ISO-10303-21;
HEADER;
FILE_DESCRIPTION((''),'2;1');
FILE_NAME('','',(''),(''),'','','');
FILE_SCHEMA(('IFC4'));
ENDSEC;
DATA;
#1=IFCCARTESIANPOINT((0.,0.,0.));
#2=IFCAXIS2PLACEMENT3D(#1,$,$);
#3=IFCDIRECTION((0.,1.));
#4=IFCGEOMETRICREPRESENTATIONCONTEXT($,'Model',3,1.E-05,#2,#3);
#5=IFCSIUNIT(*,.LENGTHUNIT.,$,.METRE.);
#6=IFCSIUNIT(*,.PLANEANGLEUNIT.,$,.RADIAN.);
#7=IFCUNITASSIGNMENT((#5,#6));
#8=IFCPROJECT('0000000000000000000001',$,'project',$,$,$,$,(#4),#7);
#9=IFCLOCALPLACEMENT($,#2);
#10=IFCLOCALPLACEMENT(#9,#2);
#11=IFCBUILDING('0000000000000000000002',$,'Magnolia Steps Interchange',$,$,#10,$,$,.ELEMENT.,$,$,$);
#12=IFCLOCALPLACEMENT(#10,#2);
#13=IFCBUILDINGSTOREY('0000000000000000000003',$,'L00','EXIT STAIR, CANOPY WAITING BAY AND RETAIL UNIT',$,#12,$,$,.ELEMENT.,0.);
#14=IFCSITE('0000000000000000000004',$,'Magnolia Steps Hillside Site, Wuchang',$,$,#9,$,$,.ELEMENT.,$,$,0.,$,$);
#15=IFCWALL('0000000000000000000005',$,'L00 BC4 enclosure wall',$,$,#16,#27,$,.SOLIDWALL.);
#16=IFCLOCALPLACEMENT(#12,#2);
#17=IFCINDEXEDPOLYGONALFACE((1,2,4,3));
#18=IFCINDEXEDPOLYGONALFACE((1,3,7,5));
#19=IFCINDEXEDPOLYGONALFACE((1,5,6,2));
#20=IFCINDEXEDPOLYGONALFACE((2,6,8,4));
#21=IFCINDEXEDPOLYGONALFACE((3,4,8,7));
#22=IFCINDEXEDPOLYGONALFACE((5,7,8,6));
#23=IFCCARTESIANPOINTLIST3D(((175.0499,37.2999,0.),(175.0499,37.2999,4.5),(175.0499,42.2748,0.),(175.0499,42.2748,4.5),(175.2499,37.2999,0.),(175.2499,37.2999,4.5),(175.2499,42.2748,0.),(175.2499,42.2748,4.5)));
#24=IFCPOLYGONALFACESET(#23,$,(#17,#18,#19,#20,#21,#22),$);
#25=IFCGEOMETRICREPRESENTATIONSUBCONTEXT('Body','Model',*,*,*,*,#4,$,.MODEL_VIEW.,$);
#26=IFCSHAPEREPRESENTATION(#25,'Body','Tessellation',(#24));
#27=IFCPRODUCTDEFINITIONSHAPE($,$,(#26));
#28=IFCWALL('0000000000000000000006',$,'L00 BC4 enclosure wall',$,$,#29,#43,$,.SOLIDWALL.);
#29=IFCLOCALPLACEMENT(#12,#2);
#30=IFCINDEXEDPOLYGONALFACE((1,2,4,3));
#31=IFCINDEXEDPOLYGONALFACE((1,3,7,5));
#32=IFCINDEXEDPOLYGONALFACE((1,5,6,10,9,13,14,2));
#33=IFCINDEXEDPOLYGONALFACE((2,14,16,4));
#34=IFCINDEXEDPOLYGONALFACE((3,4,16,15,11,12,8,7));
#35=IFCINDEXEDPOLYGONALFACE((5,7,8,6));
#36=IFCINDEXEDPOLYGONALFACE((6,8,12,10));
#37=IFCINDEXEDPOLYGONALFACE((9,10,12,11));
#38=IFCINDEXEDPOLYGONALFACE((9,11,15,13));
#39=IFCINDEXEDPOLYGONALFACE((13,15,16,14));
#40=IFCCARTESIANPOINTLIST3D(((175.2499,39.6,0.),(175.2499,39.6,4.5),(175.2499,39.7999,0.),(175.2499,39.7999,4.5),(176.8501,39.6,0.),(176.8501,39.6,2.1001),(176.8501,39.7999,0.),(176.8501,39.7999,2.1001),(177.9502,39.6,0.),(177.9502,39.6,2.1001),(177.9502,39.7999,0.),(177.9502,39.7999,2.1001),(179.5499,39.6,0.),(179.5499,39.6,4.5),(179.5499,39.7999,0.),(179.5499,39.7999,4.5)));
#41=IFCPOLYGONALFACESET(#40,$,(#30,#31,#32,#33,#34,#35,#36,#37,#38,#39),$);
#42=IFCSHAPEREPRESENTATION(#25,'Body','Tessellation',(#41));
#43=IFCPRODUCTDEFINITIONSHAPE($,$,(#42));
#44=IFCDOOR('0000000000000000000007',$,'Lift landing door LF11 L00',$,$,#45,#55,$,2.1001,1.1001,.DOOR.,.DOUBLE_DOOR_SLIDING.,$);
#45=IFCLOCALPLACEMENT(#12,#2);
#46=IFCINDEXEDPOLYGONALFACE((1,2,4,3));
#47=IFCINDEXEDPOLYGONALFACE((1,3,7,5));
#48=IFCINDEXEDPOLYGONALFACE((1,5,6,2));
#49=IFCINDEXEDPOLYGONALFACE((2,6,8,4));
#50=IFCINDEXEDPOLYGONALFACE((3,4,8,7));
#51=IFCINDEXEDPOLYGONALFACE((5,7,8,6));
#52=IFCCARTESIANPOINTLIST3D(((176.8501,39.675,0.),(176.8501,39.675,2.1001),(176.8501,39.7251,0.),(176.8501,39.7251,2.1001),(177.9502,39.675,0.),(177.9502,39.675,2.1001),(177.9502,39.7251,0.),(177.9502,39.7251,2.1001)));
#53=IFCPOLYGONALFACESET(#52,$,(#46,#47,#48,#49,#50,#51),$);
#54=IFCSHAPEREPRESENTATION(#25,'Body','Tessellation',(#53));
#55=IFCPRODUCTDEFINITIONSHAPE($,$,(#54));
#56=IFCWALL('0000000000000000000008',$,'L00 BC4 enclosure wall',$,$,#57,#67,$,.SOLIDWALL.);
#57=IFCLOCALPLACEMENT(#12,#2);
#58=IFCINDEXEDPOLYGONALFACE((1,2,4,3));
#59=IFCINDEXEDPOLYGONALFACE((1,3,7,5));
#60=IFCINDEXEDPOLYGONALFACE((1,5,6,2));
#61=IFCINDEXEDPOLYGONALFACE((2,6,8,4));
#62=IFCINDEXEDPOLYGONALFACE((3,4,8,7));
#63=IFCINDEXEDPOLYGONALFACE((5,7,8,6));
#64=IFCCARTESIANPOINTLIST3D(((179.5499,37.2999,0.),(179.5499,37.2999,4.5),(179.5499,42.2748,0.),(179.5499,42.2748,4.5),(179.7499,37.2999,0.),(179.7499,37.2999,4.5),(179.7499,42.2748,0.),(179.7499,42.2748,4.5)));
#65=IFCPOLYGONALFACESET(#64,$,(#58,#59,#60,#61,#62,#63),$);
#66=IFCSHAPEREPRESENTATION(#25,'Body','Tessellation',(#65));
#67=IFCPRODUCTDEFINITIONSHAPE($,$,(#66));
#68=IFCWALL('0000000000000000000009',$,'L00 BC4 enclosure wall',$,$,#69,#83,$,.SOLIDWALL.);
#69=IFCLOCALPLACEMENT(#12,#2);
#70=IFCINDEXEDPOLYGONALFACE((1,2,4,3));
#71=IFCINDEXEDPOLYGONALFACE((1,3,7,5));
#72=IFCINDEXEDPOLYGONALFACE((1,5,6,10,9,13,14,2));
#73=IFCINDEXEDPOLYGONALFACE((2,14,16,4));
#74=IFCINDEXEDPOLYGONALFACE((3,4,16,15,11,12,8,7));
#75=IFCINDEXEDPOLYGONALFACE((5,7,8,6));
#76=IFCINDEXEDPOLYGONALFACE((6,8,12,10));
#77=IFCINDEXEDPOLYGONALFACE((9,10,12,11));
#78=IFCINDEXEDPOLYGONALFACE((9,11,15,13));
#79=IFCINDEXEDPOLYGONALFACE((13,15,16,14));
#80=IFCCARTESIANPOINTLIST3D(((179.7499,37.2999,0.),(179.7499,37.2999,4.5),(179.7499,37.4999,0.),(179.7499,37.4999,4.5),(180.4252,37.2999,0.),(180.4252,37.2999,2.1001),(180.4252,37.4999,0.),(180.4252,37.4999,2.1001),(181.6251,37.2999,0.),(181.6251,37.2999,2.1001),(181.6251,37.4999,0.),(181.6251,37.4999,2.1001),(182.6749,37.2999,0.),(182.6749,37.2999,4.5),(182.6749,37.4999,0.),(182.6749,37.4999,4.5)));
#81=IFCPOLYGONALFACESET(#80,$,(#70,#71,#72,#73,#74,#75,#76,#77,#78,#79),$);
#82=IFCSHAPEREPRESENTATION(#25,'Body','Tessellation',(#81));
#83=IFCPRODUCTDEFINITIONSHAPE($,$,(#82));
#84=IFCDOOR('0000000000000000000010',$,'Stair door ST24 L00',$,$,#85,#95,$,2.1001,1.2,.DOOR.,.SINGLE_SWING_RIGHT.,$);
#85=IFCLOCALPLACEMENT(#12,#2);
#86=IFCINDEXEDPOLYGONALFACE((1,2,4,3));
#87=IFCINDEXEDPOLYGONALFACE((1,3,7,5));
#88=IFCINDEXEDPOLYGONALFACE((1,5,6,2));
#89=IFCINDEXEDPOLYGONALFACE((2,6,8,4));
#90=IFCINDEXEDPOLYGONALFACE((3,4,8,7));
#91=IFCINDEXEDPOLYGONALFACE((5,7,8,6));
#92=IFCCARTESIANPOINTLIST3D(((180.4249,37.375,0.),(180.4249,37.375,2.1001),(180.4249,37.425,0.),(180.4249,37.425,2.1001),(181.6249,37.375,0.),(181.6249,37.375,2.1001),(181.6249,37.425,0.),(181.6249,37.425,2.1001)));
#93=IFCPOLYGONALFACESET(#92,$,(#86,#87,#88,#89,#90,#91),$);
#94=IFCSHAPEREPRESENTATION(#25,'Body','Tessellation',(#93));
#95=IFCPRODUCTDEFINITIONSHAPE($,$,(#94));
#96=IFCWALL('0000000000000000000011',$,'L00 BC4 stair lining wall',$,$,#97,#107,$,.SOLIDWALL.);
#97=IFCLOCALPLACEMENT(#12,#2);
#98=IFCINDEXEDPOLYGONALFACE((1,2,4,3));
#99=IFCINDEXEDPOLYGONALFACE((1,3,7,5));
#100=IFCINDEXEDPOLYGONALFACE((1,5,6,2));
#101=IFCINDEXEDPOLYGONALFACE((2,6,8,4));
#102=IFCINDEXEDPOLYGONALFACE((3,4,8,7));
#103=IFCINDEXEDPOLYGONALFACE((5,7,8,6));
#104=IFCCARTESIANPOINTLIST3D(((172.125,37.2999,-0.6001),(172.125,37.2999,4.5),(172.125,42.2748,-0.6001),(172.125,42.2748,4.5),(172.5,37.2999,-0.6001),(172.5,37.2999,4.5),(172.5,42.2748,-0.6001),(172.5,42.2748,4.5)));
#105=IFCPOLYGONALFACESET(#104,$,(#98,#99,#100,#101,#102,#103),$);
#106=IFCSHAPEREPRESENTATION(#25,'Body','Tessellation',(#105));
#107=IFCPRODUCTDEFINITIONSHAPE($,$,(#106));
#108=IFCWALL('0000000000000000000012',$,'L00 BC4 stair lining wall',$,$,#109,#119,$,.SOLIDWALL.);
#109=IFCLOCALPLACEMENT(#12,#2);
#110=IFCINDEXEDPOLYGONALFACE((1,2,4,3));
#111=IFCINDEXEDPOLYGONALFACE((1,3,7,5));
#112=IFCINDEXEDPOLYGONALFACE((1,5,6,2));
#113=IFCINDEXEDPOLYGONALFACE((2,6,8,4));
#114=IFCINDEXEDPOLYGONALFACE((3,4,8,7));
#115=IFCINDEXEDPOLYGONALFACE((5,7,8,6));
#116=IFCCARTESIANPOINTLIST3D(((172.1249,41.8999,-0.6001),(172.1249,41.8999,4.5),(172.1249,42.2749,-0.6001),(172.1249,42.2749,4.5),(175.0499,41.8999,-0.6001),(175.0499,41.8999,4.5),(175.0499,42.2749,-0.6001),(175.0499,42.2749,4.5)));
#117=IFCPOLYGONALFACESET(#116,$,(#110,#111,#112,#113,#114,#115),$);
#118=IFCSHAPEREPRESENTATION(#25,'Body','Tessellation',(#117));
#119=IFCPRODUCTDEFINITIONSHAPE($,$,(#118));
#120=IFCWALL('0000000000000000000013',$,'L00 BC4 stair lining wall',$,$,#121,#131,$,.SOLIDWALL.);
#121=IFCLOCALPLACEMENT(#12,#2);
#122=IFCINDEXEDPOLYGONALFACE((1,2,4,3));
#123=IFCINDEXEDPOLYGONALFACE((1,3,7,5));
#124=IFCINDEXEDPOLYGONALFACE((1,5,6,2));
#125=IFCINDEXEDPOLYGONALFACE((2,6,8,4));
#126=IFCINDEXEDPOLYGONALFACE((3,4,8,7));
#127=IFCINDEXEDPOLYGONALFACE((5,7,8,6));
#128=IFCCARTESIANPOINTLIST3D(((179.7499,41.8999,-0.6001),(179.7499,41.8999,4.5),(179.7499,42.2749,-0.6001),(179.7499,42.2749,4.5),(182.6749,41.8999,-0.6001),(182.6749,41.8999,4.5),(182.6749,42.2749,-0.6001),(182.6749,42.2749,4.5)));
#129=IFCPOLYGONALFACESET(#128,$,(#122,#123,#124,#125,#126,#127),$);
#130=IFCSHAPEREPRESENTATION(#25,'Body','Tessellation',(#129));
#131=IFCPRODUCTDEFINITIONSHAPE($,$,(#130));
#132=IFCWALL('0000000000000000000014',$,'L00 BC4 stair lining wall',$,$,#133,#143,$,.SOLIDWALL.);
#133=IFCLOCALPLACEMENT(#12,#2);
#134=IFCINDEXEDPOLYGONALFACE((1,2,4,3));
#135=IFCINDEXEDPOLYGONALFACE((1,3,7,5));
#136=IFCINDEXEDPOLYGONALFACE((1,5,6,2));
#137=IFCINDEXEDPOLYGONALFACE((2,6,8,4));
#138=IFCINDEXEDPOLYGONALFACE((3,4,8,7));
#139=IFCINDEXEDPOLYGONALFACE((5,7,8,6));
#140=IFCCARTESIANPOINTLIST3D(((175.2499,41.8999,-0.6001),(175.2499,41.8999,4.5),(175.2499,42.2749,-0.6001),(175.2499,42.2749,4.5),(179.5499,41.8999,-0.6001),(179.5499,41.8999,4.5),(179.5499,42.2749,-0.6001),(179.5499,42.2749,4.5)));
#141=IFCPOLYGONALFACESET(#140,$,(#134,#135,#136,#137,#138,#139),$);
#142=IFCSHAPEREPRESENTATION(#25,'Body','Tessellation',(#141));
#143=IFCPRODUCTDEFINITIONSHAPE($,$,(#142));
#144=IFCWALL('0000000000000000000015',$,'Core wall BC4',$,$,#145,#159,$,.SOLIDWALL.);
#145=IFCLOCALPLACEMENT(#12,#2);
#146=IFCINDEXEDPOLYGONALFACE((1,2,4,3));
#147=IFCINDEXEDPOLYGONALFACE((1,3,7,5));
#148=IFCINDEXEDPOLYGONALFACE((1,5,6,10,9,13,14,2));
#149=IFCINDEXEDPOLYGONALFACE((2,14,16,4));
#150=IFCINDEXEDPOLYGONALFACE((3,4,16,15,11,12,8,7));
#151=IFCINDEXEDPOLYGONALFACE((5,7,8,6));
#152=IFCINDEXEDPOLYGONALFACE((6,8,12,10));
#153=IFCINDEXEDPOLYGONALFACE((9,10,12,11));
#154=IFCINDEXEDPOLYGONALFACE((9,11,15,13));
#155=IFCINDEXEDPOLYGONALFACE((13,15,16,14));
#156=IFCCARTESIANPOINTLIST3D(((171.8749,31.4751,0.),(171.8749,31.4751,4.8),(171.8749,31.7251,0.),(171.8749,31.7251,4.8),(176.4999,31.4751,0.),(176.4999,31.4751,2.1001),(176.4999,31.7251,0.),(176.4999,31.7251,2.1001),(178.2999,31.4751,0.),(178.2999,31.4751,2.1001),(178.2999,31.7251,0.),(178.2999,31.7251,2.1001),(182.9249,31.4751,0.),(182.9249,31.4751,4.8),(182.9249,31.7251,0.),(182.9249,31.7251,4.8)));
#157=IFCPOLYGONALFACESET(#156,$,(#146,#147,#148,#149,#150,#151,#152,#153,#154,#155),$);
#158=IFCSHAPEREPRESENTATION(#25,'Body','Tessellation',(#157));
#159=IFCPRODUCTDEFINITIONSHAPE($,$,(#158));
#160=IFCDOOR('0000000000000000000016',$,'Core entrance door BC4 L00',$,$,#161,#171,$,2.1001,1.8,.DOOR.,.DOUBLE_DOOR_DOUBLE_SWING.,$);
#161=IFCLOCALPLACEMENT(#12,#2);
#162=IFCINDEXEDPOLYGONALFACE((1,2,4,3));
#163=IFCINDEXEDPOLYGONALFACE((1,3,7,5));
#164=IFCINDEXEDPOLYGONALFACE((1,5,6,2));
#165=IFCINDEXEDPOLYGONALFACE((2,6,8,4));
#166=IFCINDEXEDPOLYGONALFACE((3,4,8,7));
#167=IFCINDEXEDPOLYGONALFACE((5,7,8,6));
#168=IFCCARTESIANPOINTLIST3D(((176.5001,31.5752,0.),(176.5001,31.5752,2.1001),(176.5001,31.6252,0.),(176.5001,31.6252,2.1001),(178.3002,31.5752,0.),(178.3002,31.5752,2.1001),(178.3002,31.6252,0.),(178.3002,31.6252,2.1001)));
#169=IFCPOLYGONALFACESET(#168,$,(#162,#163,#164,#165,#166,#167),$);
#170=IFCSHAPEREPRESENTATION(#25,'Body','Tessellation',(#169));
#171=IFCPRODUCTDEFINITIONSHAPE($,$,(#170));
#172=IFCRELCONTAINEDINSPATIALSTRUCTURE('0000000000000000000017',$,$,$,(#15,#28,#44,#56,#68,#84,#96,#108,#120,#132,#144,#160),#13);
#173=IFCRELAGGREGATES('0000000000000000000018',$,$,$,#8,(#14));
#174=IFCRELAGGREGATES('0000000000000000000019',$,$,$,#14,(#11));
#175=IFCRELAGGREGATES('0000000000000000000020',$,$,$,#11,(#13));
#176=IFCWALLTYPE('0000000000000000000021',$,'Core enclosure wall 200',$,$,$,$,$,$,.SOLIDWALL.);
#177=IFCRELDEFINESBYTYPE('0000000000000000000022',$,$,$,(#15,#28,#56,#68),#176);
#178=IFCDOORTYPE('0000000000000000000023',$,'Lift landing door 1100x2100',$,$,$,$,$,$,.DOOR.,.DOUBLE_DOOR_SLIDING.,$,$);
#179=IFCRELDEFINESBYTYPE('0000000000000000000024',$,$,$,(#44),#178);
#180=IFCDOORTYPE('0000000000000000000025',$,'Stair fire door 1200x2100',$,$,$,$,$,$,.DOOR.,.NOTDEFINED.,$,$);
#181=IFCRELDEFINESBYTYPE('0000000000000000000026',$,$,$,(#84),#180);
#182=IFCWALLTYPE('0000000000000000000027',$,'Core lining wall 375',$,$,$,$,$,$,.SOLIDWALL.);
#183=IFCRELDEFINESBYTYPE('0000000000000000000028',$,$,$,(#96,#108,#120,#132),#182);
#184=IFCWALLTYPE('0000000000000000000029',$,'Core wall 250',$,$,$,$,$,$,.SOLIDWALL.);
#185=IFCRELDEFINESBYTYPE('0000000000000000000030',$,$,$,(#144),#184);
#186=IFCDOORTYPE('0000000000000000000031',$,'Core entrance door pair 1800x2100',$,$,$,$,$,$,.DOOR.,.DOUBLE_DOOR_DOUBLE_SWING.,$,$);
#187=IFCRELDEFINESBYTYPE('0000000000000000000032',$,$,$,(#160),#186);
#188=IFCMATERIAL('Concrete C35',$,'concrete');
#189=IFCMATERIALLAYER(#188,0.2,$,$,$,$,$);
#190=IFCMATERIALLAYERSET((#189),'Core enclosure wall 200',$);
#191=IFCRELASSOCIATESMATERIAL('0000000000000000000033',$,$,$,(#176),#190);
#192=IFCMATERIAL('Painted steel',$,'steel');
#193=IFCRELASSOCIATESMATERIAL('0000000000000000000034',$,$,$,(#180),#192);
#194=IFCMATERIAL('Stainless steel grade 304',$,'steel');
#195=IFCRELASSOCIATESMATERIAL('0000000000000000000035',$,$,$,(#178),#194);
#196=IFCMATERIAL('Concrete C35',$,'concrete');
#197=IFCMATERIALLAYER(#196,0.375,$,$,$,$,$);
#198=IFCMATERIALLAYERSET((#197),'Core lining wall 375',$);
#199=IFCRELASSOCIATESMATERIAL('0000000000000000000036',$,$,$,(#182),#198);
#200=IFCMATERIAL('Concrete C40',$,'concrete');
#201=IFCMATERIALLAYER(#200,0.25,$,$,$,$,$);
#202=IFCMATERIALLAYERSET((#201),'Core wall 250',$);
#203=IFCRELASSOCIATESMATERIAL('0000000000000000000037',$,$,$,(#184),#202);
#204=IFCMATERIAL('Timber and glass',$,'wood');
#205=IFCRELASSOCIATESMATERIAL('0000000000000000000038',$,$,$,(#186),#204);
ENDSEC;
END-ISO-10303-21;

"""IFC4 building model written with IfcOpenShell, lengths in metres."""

from ifc_helpers import new_model, si_unit, direction, frame, frame_2d, origin, place, context, subcontext, project, spatial, rectangle, extrude, material, layer, layer_set, type_object, element, fill, save


model = new_model("IFC4")

# Units and contexts
model_context = context("Model", 3, precision=1e-05, world=origin(), true_north=direction((0.0, 1.0)))
body_context = subcontext(model_context, "Body", "Model", "MODEL_VIEW")
ifc_project = project(units=[si_unit("LENGTHUNIT", "METRE"), si_unit("PLANEANGLEUNIT", "RADIAN")], contexts=[model_context])

# Site, building, storey
site_placement = place(None, origin())
site = spatial("IfcSite", under=ifc_project, at=site_placement, Name="Magnolia Steps Hillside Site, Wuchang", CompositionType="ELEMENT", RefElevation=0.0)
building_placement = place(site_placement, origin())
building = spatial("IfcBuilding", under=site, at=building_placement, Name="Magnolia Steps Interchange", CompositionType="ELEMENT")
storey_placement = place(building_placement, origin())
storey = spatial("IfcBuildingStorey", under=building, at=storey_placement, Name="L00", Description="EXIT STAIR, CANOPY WAITING BAY AND RETAIL UNIT", CompositionType="ELEMENT", Elevation=0.0)

# Shared definitions
ifc_material_1 = material(Name="Concrete C35", Category="concrete")
ifc_layer_1 = layer(ifc_material_1, 0.2)
ifc_layer_set_1 = layer_set([ifc_layer_1], Name="Core enclosure wall 200")
wall_type_1 = type_object("IfcWallType", Name="Core enclosure wall 200", PredefinedType="SOLIDWALL", material=ifc_layer_set_1)
ifc_material_2 = material(Name="Painted steel", Category="steel")
door_type_1 = type_object("IfcDoorType", Name="Stair fire door 1200x2100", OperationType="NOTDEFINED", PredefinedType="DOOR", material=ifc_material_2)

# Wall
wall_1_placement = place(storey_placement, frame((175.1499, 37.3, 0.0), z_axis=(0.0, 0.0, 1.0), x_axis=(0.0, 1.0, 0.0)))
element("IfcWall", 1, at=wall_1_placement, inside=storey, type_object=wall_type_1, Name="L00 BC4 enclosure wall", PredefinedType="SOLIDWALL", context=body_context, shape_type="SweptSolid", body=[
    extrude(rectangle(XDim=4.9749, YDim=0.2, at=frame_2d((2.4873, 0.0))), origin(), (0.0, 0.0, 1.0), 4.5),
])

# Wall, opening, door
wall_2_placement = place(storey_placement, frame((175.25, 39.7, 0.0), z_axis=(0.0, 0.0, 1.0), x_axis=(1.0, 0.0, 0.0)))
wall_2 = element("IfcWall", 2, at=wall_2_placement, inside=storey, type_object=wall_type_1, Name="L00 BC4 enclosure wall", PredefinedType="SOLIDWALL", context=body_context, shape_type="SweptSolid", body=[
    extrude(rectangle(XDim=4.3, YDim=0.2, at=frame_2d((2.1499, 0.0))), origin(), (0.0, 0.0, 1.0), 4.5),
])
opening_1_placement = place(wall_2_placement, frame((1.6001, 0.0, 0.0)))
opening_1 = element("IfcOpeningElement", 3, at=opening_1_placement, cuts=wall_2, PredefinedType="OPENING", context=body_context, shape_type="SweptSolid", body=[
    extrude(rectangle(XDim=1.1001, YDim=2.1001, at=frame_2d((0.55, 1.05))), frame((0.0, 0.1099, 0.0), z_axis=(0.0, -1.0, 0.0), x_axis=(1.0, 0.0, 0.0)), (0.0, 0.0, 1.0), 0.22),
])
ifc_material_3 = material(Name="Stainless steel grade 304", Category="steel")
door_type_2 = type_object("IfcDoorType", Name="Lift landing door 1100x2100", OperationType="DOUBLE_DOOR_SLIDING", PredefinedType="DOOR", material=ifc_material_3)
door_1_placement = place(opening_1_placement, frame((1.1001, 0.0, 0.0), z_axis=(0.0, 0.0, 1.0), x_axis=(-1.0, 0.0, 0.0)))
door_1 = element("IfcDoor", 4, at=door_1_placement, inside=storey, type_object=door_type_2, Name="Lift landing door LF11 L00", OperationType="DOUBLE_DOOR_SLIDING", OverallHeight=2.1001, OverallWidth=1.1001, PredefinedType="DOOR", context=body_context, shape_type="SweptSolid", body=[
    extrude(rectangle(XDim=1.1001, YDim=2.1001, at=frame_2d((0.55, 1.05))), frame((0.0, 0.0249, 0.0), z_axis=(0.0, -1.0, 0.0), x_axis=(1.0, 0.0, 0.0)), (0.0, 0.0, 1.0), 0.05),
])
fill(opening_1, door_1)

# Wall
wall_3_placement = place(storey_placement, frame((179.6499, 37.3, 0.0), z_axis=(0.0, 0.0, 1.0), x_axis=(0.0, 1.0, 0.0)))
element("IfcWall", 5, at=wall_3_placement, inside=storey, type_object=wall_type_1, Name="L00 BC4 enclosure wall", PredefinedType="SOLIDWALL", context=body_context, shape_type="SweptSolid", body=[
    extrude(rectangle(XDim=4.9749, YDim=0.2, at=frame_2d((2.4873, 0.0))), origin(), (0.0, 0.0, 1.0), 4.5),
])

# Wall, opening, door
wall_4_placement = place(storey_placement, frame((179.75, 37.3999, 0.0), z_axis=(0.0, 0.0, 1.0), x_axis=(1.0, 0.0, 0.0)))
wall_4 = element("IfcWall", 6, at=wall_4_placement, inside=storey, type_object=wall_type_1, Name="L00 BC4 enclosure wall", PredefinedType="SOLIDWALL", context=body_context, shape_type="SweptSolid", body=[
    extrude(rectangle(XDim=2.925, YDim=0.2, at=frame_2d((1.4624, 0.0))), origin(), (0.0, 0.0, 1.0), 4.5),
])
opening_2_placement = place(wall_4_placement, frame((0.675, 0.0, 0.0)))
opening_2 = element("IfcOpeningElement", 7, at=opening_2_placement, cuts=wall_4, PredefinedType="OPENING", context=body_context, shape_type="SweptSolid", body=[
    extrude(rectangle(XDim=1.2, YDim=2.1001, at=frame_2d((0.6001, 1.05))), frame((0.0, 0.1099, 0.0), z_axis=(0.0, -1.0, 0.0), x_axis=(1.0, 0.0, 0.0)), (0.0, 0.0, 1.0), 0.22),
])
door_2_placement = place(opening_2_placement, frame((1.2, 0.0, 0.0), z_axis=(0.0, 0.0, 1.0), x_axis=(-1.0, 0.0, 0.0)))
door_2 = element("IfcDoor", 8, at=door_2_placement, inside=storey, type_object=door_type_1, Name="Stair door ST24 L00", OperationType="SINGLE_SWING_RIGHT", OverallHeight=2.1001, OverallWidth=1.2, PredefinedType="DOOR", context=body_context, shape_type="SweptSolid", body=[
    extrude(rectangle(XDim=1.2, YDim=2.1001, at=frame_2d((0.6001, 1.05))), frame((0.0, 0.0249, 0.0), z_axis=(0.0, -1.0, 0.0), x_axis=(1.0, 0.0, 0.0)), (0.0, 0.0, 1.0), 0.05),
])
fill(opening_2, door_2)

# Walls
ifc_material_4 = material(Name="Concrete C35", Category="concrete")
ifc_layer_2 = layer(ifc_material_4, 0.375)
ifc_layer_set_2 = layer_set([ifc_layer_2], Name="Core lining wall 375")
wall_type_2 = type_object("IfcWallType", Name="Core lining wall 375", PredefinedType="SOLIDWALL", material=ifc_layer_set_2)
wall_5_placement = place(storey_placement, frame((172.3125, 37.3, -0.6001), z_axis=(0.0, 0.0, 1.0), x_axis=(0.0, 1.0, 0.0)))
element("IfcWall", 9, at=wall_5_placement, inside=storey, type_object=wall_type_2, Name="L00 BC4 stair lining wall", PredefinedType="SOLIDWALL", context=body_context, shape_type="SweptSolid", body=[
    extrude(rectangle(XDim=4.9749, YDim=0.375, at=frame_2d((2.4873, 0.0))), origin(), (0.0, 0.0, 1.0), 5.1001),
])
for number, where, z_axis, x_axis, name in (
    (10, (172.125, 42.0874, -0.6001), (0.0, 0.0, 1.0), (1.0, 0.0, 0.0), "L00 BC4 stair lining wall"),
    (11, (179.75, 42.0874, -0.6001), (0.0, 0.0, 1.0), (1.0, 0.0, 0.0), "L00 BC4 stair lining wall"),
):
    element("IfcWall", number, at=place(storey_placement, frame(where, z_axis=z_axis, x_axis=x_axis)), inside=storey, type_object=wall_type_2, Name=name, PredefinedType="SOLIDWALL", context=body_context, shape_type="SweptSolid", body=[
        extrude(rectangle(XDim=2.925, YDim=0.375, at=frame_2d((1.4624, 0.0))), origin(), (0.0, 0.0, 1.0), 5.1001),
    ])
wall_6_placement = place(storey_placement, frame((175.25, 42.0874, -0.6001), z_axis=(0.0, 0.0, 1.0), x_axis=(1.0, 0.0, 0.0)))
element("IfcWall", 12, at=wall_6_placement, inside=storey, type_object=wall_type_2, Name="L00 BC4 stair lining wall", PredefinedType="SOLIDWALL", context=body_context, shape_type="SweptSolid", body=[
    extrude(rectangle(XDim=4.3, YDim=0.375, at=frame_2d((2.1499, 0.0))), origin(), (0.0, 0.0, 1.0), 5.1001),
])

# Wall, opening, door
ifc_material_5 = material(Name="Concrete C40", Category="concrete")
ifc_layer_3 = layer(ifc_material_5, 0.25)
ifc_layer_set_3 = layer_set([ifc_layer_3], Name="Core wall 250")
wall_type_3 = type_object("IfcWallType", Name="Core wall 250", PredefinedType="SOLIDWALL", material=ifc_layer_set_3)
wall_7_placement = place(storey_placement, frame((171.875, 31.6001, 0.0), z_axis=(0.0, 0.0, 1.0), x_axis=(1.0, 0.0, 0.0)))
wall_7 = element("IfcWall", 13, at=wall_7_placement, inside=storey, type_object=wall_type_3, Name="Core wall BC4", PredefinedType="SOLIDWALL", context=body_context, shape_type="SweptSolid", body=[
    extrude(rectangle(XDim=11.05, YDim=0.25, at=frame_2d((5.5249, 0.0))), origin(), (0.0, 0.0, 1.0), 4.8),
])
opening_3_placement = place(wall_7_placement, frame((4.625, 0.0, 0.0)))
opening_3 = element("IfcOpeningElement", 14, at=opening_3_placement, cuts=wall_7, PredefinedType="OPENING", context=body_context, shape_type="SweptSolid", body=[
    extrude(rectangle(XDim=1.8, YDim=2.1001, at=frame_2d((0.8999, 1.05))), frame((0.0, 0.135, 0.0), z_axis=(0.0, -1.0, 0.0), x_axis=(1.0, 0.0, 0.0)), (0.0, 0.0, 1.0), 0.27),
])
ifc_material_6 = material(Name="Timber and glass", Category="wood")
door_type_3 = type_object("IfcDoorType", Name="Core entrance door pair 1800x2100", OperationType="DOUBLE_DOOR_DOUBLE_SWING", PredefinedType="DOOR", material=ifc_material_6)
door_3_placement = place(opening_3_placement, frame((1.8, 0.0, 0.0), z_axis=(0.0, 0.0, 1.0), x_axis=(-1.0, 0.0, 0.0)))
door_3 = element("IfcDoor", 15, at=door_3_placement, inside=storey, type_object=door_type_3, Name="Core entrance door BC4 L00", OperationType="DOUBLE_DOOR_DOUBLE_SWING", OverallHeight=2.1001, OverallWidth=1.8, PredefinedType="DOOR", context=body_context, shape_type="SweptSolid", body=[
    extrude(rectangle(XDim=1.8, YDim=2.1001, at=frame_2d((0.8999, 1.05))), frame((0.0, 0.0249, 0.0), z_axis=(0.0, -1.0, 0.0), x_axis=(1.0, 0.0, 0.0)), (0.0, 0.0, 1.0), 0.05),
])
fill(opening_3, door_3)

save(model, "model.ifc")
